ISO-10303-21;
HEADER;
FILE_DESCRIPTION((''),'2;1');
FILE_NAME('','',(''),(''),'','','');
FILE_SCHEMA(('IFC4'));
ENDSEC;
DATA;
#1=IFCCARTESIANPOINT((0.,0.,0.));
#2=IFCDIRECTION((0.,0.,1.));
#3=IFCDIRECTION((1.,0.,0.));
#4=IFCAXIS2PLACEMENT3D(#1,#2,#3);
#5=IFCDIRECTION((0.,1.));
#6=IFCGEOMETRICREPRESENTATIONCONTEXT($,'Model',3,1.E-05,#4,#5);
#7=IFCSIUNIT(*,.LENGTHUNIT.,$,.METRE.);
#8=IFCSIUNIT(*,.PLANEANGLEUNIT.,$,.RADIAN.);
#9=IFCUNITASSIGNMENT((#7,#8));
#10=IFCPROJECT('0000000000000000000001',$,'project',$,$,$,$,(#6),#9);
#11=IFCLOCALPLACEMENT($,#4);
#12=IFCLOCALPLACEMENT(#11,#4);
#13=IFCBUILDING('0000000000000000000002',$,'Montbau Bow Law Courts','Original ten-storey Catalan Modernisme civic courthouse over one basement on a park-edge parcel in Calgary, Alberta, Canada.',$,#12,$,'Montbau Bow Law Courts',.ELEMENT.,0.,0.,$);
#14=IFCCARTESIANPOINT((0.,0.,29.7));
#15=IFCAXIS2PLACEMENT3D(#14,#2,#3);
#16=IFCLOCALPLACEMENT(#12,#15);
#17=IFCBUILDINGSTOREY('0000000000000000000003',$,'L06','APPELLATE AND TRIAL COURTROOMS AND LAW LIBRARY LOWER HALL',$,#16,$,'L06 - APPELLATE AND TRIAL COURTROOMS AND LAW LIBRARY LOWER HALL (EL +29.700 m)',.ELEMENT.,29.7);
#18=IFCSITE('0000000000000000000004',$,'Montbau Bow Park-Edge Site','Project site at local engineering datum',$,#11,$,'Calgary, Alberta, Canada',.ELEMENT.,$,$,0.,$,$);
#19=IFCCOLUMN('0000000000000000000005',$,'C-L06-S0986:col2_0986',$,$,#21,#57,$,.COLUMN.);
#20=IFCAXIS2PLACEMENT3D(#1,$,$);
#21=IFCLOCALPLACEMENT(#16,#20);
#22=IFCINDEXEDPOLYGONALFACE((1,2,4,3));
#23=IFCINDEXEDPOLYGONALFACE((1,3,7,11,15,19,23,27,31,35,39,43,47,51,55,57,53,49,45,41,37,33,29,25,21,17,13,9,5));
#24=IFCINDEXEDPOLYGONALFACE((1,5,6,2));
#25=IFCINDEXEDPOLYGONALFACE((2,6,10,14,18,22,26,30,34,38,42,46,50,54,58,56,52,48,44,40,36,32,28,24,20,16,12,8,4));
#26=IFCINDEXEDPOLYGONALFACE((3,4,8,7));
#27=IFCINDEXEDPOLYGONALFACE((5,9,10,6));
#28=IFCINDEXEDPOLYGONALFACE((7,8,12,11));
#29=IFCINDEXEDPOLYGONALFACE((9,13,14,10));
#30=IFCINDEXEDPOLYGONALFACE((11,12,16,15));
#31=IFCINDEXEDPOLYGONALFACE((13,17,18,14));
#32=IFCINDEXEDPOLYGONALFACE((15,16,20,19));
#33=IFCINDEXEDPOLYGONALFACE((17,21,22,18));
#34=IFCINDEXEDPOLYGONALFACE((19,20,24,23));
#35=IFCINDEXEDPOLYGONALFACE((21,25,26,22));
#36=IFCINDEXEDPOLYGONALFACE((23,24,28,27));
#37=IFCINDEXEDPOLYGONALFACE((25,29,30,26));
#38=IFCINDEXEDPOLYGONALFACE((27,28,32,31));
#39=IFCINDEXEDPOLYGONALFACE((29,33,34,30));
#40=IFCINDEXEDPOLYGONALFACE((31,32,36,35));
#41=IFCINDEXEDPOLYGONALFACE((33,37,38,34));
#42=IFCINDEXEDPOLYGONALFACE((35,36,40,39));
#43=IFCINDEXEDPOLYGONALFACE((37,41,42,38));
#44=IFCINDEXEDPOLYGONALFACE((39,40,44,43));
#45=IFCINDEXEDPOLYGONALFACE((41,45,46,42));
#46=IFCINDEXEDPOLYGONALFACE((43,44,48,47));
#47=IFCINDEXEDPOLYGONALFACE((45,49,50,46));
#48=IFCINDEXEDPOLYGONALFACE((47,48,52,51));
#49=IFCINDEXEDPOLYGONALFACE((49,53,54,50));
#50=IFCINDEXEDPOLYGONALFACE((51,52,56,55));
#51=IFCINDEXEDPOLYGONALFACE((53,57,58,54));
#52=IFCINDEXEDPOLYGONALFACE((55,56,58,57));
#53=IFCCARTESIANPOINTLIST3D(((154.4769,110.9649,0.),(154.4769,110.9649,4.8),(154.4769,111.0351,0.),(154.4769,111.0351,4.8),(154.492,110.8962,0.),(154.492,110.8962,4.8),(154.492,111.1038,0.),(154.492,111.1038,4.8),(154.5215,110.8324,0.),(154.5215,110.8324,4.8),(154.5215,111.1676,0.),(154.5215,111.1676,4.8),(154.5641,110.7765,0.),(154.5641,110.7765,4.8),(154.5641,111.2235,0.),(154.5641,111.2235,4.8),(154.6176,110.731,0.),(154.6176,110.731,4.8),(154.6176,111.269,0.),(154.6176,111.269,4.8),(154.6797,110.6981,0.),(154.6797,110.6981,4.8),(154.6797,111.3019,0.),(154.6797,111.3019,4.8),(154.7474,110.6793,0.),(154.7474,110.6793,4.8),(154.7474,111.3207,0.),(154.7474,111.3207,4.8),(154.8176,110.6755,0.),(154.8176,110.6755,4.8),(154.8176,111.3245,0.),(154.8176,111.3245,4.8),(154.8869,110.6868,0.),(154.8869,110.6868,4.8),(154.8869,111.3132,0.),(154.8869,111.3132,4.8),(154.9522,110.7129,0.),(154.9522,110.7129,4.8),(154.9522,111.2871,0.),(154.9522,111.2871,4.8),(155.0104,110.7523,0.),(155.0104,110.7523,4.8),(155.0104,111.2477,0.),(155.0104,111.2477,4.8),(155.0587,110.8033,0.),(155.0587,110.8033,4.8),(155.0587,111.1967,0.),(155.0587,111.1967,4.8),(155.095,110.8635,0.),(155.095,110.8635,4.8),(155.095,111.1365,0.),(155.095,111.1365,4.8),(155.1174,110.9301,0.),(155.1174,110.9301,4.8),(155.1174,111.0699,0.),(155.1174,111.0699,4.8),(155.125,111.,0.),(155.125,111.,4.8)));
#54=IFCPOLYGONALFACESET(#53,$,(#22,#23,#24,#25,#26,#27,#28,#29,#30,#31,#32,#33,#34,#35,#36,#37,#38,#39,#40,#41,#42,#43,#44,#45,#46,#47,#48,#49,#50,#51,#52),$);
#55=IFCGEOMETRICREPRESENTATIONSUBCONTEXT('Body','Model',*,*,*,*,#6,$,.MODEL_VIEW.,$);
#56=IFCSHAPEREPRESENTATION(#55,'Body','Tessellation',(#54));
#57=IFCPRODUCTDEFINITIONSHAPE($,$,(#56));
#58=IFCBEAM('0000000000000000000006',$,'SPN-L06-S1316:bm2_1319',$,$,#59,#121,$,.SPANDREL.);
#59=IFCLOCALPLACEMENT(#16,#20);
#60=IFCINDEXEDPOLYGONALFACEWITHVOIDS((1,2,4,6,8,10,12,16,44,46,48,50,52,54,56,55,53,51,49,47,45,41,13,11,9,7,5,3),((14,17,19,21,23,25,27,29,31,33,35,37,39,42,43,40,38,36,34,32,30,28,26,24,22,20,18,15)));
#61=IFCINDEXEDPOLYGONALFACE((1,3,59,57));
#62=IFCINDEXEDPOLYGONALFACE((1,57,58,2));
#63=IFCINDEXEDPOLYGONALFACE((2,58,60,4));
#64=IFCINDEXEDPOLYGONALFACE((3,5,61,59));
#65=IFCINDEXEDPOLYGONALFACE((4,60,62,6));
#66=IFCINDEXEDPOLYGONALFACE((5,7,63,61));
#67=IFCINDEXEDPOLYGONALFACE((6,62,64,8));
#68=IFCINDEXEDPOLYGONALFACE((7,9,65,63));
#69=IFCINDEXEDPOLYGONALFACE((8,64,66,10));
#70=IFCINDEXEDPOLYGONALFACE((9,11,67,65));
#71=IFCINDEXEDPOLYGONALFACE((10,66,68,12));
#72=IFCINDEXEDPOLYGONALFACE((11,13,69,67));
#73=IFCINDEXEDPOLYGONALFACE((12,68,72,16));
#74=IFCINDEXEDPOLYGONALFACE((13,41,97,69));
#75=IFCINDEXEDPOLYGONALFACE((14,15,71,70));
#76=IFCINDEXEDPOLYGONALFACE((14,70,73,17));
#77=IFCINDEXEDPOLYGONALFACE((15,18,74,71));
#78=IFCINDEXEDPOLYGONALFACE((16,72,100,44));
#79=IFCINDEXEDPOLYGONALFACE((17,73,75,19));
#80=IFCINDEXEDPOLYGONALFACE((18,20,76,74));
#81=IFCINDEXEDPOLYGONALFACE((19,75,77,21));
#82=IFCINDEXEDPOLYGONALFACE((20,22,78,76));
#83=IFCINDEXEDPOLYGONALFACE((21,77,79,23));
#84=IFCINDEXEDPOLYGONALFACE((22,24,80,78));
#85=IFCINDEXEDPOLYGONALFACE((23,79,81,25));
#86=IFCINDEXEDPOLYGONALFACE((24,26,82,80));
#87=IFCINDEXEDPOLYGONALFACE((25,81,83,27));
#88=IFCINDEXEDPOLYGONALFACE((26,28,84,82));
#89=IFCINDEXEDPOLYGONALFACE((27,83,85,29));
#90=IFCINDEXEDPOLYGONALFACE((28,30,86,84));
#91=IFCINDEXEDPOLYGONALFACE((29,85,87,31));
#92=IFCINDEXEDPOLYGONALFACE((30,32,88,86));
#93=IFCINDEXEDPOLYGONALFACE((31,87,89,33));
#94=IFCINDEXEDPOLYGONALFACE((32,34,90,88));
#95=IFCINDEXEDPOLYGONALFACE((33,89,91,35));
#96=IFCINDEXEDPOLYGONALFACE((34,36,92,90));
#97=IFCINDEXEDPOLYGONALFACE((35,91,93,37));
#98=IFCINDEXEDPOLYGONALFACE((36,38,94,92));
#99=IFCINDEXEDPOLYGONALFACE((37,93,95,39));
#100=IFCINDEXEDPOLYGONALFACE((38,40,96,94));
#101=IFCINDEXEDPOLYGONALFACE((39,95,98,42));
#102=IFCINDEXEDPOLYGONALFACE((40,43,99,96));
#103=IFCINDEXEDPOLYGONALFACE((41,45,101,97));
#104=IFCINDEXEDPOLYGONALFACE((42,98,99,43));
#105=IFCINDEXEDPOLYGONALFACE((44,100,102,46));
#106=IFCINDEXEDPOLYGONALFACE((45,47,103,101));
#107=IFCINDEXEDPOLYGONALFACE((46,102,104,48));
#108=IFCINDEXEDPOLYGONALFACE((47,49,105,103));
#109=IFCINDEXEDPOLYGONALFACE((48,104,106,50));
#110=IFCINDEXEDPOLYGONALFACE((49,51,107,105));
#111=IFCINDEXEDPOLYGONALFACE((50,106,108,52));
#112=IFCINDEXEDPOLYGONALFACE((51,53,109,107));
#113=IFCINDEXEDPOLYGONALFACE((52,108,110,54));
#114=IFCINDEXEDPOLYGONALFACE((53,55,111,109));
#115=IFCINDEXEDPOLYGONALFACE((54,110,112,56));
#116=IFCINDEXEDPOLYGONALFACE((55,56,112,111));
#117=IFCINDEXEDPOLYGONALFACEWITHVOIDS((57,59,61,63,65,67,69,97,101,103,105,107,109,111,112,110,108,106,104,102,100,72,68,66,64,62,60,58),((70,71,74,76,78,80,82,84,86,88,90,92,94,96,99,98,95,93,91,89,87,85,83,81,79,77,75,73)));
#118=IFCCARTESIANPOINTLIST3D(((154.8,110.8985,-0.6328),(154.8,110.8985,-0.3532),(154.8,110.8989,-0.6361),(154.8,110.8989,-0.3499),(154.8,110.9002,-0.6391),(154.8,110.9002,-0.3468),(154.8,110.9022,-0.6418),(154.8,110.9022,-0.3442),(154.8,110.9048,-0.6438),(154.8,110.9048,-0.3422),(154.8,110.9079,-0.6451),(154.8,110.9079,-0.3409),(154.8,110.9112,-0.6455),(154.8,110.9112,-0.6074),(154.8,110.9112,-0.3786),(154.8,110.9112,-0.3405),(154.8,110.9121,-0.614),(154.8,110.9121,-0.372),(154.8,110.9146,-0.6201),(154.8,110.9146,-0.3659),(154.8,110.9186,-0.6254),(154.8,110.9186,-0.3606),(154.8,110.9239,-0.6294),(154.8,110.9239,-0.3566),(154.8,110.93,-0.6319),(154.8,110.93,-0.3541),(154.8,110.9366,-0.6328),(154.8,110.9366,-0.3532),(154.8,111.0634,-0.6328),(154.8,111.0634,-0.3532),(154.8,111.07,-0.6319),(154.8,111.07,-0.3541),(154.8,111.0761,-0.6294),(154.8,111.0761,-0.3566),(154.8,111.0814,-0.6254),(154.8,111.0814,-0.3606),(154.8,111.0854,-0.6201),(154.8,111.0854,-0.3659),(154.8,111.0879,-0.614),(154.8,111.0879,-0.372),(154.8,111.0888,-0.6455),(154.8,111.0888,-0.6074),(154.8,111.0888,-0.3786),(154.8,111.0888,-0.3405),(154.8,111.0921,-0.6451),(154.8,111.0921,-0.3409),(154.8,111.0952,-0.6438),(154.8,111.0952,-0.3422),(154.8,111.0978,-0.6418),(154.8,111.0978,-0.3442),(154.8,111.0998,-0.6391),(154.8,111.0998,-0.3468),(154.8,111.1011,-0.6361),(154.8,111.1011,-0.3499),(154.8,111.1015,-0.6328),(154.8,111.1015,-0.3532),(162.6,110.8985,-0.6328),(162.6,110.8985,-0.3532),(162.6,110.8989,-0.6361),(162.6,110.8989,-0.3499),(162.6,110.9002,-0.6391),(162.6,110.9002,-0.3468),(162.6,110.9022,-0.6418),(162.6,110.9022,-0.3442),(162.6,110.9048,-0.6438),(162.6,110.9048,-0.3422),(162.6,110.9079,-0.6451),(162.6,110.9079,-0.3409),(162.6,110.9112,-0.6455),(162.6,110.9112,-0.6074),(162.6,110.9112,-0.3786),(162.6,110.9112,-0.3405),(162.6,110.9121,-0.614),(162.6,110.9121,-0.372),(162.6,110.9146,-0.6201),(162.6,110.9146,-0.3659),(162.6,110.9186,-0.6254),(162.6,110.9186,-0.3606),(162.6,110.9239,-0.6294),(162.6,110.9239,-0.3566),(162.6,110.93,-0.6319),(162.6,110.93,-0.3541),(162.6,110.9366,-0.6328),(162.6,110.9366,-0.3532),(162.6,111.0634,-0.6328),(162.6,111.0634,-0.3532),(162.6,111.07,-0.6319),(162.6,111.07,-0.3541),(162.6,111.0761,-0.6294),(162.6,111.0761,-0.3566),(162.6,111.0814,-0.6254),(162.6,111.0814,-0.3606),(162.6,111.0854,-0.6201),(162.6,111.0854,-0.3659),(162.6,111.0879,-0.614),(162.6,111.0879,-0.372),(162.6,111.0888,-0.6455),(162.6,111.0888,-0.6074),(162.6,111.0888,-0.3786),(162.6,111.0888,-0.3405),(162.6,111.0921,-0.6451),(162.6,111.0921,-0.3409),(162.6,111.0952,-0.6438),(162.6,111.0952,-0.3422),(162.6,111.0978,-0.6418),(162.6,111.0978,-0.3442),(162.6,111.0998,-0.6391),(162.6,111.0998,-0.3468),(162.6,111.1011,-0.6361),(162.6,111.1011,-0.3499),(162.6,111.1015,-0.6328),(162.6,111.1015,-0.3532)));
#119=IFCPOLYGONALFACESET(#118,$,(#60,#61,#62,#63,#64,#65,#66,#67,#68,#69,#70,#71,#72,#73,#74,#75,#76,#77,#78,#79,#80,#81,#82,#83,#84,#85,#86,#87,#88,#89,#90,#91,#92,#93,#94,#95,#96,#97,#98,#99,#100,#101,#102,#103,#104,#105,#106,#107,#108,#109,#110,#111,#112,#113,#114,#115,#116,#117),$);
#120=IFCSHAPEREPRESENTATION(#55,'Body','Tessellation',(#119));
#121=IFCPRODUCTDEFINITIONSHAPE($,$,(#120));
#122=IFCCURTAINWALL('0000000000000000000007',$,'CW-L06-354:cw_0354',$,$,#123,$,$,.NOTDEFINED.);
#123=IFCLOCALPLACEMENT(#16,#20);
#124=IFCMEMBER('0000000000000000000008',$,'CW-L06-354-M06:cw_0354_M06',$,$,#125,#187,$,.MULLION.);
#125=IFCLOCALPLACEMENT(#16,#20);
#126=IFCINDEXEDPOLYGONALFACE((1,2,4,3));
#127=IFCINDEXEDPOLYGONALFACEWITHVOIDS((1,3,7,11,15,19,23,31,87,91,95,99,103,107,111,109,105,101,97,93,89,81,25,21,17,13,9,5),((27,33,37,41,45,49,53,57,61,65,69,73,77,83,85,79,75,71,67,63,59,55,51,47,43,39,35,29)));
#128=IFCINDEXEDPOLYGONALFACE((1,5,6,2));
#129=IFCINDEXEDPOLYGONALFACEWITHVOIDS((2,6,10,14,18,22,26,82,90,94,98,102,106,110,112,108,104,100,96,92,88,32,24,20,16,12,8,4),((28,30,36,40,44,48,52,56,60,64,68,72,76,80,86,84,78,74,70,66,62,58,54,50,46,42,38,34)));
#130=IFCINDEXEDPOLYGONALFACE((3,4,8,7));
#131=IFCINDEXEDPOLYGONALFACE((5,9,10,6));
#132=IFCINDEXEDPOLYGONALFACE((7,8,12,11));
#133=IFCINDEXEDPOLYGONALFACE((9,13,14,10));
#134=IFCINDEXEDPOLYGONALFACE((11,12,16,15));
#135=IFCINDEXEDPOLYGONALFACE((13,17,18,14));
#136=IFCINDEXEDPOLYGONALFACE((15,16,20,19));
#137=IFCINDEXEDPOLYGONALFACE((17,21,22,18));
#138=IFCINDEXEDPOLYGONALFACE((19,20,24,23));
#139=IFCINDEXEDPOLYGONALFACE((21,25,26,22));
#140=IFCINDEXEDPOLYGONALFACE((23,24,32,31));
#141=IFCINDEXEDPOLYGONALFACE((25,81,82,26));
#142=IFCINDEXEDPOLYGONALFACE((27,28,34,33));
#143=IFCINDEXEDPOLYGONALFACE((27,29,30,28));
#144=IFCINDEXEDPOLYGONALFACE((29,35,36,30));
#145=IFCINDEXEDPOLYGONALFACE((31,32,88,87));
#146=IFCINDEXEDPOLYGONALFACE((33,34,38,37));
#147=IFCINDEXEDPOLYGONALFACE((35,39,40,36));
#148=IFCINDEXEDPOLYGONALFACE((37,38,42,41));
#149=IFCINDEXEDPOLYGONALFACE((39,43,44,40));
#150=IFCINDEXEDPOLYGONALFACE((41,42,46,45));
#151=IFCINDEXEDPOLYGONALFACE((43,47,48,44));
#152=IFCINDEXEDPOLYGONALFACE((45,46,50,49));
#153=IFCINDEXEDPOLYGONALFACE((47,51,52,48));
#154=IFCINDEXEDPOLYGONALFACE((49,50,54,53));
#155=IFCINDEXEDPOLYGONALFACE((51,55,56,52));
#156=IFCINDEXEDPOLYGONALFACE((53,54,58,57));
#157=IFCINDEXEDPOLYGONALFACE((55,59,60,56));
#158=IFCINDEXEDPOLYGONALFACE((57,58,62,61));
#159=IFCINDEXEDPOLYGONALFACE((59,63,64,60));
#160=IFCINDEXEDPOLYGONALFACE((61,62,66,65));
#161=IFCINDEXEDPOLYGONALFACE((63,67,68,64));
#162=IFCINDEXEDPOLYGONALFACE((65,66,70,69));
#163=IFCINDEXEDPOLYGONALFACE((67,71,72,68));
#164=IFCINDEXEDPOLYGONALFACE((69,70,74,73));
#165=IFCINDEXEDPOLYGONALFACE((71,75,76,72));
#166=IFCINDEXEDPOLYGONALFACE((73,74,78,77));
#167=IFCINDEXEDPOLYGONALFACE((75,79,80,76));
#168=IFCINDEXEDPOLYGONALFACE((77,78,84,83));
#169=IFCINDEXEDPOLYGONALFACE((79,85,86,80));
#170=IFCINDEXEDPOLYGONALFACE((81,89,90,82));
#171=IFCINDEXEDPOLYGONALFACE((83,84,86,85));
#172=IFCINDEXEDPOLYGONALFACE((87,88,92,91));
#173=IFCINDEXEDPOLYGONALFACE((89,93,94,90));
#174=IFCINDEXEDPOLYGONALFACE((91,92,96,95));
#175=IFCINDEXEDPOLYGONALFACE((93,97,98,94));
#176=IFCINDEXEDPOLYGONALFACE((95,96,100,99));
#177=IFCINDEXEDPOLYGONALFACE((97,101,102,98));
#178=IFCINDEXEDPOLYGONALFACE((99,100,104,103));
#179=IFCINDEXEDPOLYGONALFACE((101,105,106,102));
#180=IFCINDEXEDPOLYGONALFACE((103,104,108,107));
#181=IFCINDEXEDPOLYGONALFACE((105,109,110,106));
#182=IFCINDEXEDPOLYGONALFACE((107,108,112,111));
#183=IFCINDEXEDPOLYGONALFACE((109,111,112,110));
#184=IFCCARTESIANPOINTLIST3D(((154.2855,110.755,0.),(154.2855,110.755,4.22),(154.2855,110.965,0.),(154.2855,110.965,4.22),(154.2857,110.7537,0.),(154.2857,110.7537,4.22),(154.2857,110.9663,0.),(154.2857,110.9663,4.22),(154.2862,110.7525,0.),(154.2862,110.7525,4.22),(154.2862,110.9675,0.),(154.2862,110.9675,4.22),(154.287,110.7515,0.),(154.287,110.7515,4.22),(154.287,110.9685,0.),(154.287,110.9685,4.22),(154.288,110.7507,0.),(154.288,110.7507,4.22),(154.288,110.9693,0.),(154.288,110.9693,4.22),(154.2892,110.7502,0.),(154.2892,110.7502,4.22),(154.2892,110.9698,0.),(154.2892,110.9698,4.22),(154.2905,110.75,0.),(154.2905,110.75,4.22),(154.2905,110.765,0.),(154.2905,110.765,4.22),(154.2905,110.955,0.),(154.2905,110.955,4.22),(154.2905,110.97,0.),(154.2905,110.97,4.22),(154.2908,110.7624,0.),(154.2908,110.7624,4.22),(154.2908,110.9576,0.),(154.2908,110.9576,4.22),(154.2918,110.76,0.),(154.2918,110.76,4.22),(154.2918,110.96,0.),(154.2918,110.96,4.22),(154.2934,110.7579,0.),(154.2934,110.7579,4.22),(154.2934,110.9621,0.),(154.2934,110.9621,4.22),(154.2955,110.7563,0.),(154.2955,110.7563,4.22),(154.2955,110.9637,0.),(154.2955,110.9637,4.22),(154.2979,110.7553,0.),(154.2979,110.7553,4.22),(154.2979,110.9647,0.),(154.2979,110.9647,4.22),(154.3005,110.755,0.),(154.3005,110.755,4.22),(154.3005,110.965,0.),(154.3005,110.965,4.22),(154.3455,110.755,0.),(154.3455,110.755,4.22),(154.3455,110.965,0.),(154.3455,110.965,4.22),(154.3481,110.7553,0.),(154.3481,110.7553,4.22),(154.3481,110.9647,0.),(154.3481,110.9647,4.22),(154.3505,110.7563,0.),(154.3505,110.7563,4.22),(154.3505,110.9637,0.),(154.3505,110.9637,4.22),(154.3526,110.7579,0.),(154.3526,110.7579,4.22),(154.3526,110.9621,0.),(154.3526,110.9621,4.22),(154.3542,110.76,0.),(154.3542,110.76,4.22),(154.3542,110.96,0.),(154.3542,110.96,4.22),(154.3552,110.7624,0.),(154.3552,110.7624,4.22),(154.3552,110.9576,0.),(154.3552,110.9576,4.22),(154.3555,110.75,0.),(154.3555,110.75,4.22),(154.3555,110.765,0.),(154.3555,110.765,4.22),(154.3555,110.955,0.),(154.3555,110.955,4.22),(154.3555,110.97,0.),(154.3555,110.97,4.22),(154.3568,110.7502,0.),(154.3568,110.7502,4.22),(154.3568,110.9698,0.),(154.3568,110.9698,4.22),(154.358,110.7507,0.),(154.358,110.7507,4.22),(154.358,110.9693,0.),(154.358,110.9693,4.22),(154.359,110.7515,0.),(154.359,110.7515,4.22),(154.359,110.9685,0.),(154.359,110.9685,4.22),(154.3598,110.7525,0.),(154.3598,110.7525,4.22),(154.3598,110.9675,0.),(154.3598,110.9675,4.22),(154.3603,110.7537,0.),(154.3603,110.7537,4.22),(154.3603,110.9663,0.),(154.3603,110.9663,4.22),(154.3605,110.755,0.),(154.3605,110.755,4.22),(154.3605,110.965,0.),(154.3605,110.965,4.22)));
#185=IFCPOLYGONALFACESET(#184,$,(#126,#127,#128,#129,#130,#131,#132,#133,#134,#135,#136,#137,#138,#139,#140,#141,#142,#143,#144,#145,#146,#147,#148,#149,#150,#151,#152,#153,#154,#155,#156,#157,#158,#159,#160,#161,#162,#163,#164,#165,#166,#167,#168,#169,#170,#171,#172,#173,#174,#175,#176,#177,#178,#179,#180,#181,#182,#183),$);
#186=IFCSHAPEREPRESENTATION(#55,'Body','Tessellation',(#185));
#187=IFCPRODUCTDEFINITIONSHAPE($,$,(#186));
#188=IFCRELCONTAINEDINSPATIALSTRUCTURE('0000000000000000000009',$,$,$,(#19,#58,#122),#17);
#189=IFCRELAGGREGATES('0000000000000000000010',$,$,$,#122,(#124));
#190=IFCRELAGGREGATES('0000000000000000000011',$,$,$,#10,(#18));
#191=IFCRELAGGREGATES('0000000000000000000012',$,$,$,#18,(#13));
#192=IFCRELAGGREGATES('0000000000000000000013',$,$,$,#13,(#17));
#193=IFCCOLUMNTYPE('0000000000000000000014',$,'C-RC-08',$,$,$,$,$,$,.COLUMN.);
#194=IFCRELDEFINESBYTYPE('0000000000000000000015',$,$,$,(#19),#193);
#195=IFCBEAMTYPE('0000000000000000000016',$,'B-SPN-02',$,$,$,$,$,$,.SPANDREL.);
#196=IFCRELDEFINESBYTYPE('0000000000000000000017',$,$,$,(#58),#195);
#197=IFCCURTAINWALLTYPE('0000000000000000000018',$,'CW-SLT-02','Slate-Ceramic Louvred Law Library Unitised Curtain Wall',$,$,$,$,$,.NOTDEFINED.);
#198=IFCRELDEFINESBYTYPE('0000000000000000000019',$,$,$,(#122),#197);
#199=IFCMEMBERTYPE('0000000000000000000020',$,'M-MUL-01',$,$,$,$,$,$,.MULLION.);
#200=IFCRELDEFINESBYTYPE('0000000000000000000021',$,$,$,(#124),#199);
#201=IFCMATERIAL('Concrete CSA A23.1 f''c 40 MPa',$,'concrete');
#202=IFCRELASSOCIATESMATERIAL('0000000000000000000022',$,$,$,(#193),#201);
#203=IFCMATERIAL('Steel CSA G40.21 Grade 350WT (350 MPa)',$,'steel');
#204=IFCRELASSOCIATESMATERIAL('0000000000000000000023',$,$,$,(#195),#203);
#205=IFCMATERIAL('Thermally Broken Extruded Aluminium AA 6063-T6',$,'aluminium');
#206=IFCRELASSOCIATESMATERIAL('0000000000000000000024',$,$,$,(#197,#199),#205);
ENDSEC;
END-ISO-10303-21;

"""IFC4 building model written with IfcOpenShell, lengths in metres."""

from ifc_helpers import new_model, si_unit, direction, frame, origin_with_axes, origin_2d_with_axis, place, context, subcontext, project, spatial, hollow_rectangle, circle, extrude, material, material_profile, profile_set, type_object, element, aggregate, save


model = new_model("IFC4")

# Units and contexts
model_context = context("Model", 3, precision=1e-05, world=origin_with_axes(), true_north=direction((0.0, 1.0)))
body_context = subcontext(model_context, "Body", "Model", "MODEL_VIEW")
ifc_project = project(units=[si_unit("LENGTHUNIT", "METRE"), si_unit("PLANEANGLEUNIT", "RADIAN")], contexts=[model_context])

# Site, building, storey
site_placement = place(None, origin_with_axes())
site = spatial("IfcSite", under=ifc_project, at=site_placement, Name="Montbau Bow Park-Edge Site", Description="Project site at local engineering datum", LongName="Calgary, Alberta, Canada", CompositionType="ELEMENT", RefElevation=0.0)
building_placement = place(site_placement, origin_with_axes())
building = spatial("IfcBuilding", under=site, at=building_placement, Name="Montbau Bow Law Courts", Description="Original ten-storey Catalan Modernisme civic courthouse over one basement on a park-edge parcel in Calgary, Alberta, Canada.", LongName="Montbau Bow Law Courts", CompositionType="ELEMENT", ElevationOfRefHeight=0.0, ElevationOfTerrain=0.0)
storey_placement = place(building_placement, frame((0.0, 0.0, 29.7), z_axis=(0.0, 0.0, 1.0), x_axis=(1.0, 0.0, 0.0)))
storey = spatial("IfcBuildingStorey", under=building, at=storey_placement, Name="L06", Description="APPELLATE AND TRIAL COURTROOMS AND LAW LIBRARY LOWER HALL", LongName="L06 - APPELLATE AND TRIAL COURTROOMS AND LAW LIBRARY LOWER HALL (EL +29.700 m)", CompositionType="ELEMENT", Elevation=29.7)

# Column
ifc_material_1 = material(Name="Concrete CSA A23.1 f'c 40 MPa", Category="concrete")
ifc_material_profile_1 = material_profile(ifc_material_1, circle(Radius=0.325, at=origin_2d_with_axis()), Name="RC650D", Category="Main", Priority=0)
ifc_profile_set_1 = profile_set([ifc_material_profile_1], Name="Concrete CSA A23.1 f'c 40 MPa")
column_type = type_object("IfcColumnType", Name="C-RC-08", PredefinedType="COLUMN", material=ifc_profile_set_1)
column_placement = place(None, frame((154.8, 111.0, 29.7), z_axis=(0.0, 0.0, 1.0), x_axis=(1.0, 0.0, 0.0)))
element("IfcColumn", 1, at=column_placement, inside=storey, type_object=column_type, Name="C-L06-S0986:col2_0986", PredefinedType="COLUMN", context=body_context, shape_type="SweptSolid", body=[
    extrude(circle(Radius=0.325, at=origin_2d_with_axis()), origin_with_axes(), (0.0, 0.0, 1.0), 4.8),
])

# Beam
ifc_material_2 = material(Name="Steel CSA G40.21 Grade 350WT (350 MPa)", Category="steel")
ifc_material_profile_2 = material_profile(ifc_material_2, hollow_rectangle(XDim=0.203, YDim=0.305, WallThickness=0.0127, InnerFilletRadius=0.0254, OuterFilletRadius=0.0127, at=origin_2d_with_axis()), Name="HSS305X203X13", Category="Main", Priority=0)
ifc_profile_set_2 = profile_set([ifc_material_profile_2], Name="Steel CSA G40.21 Grade 350WT (350 MPa)")
beam_type = type_object("IfcBeamType", Name="B-SPN-02", PredefinedType="SPANDREL", material=ifc_profile_set_2)
beam_placement = place(None, frame((154.8, 111.0, 29.207), z_axis=(1.0, 0.0, 0.0), x_axis=(0.0, 1.0, 0.0)))
element("IfcBeam", 2, at=beam_placement, inside=storey, type_object=beam_type, Name="SPN-L06-S1316:bm2_1319", PredefinedType="SPANDREL", context=body_context, shape_type="SweptSolid", body=[
    extrude(hollow_rectangle(XDim=0.203, YDim=0.305, WallThickness=0.0127, InnerFilletRadius=0.0254, OuterFilletRadius=0.0127, at=origin_2d_with_axis()), origin_with_axes(), (0.0, 0.0, 1.0), 7.8),
])

# Curtain wall, member
ifc_material_3 = material(Name="Thermally Broken Extruded Aluminium AA 6063-T6", Category="aluminium")
curtain_wall_type = type_object("IfcCurtainWallType", Name="CW-SLT-02", Description="Slate-Ceramic Louvred Law Library Unitised Curtain Wall", PredefinedType="NOTDEFINED", material=ifc_material_3)
curtain_wall_1_placement = place(None, frame((147.44, 110.86, 29.7), z_axis=(0.0, 0.0, 1.0), x_axis=(1.0, 0.0, 0.0)))
curtain_wall_1 = element("IfcCurtainWall", 3, at=curtain_wall_1_placement, inside=storey, type_object=curtain_wall_type, Name="CW-L06-354:cw_0354", PredefinedType="NOTDEFINED")
ifc_material_profile_3 = material_profile(ifc_material_3, hollow_rectangle(XDim=0.075, YDim=0.22, WallThickness=0.005, InnerFilletRadius=0.01, OuterFilletRadius=0.005, at=origin_2d_with_axis()), Name="CWM-220X75", Category="Main", Priority=0)
ifc_profile_set_3 = profile_set([ifc_material_profile_3], Name="Thermally Broken Extruded Aluminium AA 6063-T6")
member_type_1 = type_object("IfcMemberType", Name="M-MUL-01", PredefinedType="MULLION", material=ifc_profile_set_3)
member_1_placement = place(None, frame((154.323, 110.86, 29.7), z_axis=(0.0, 0.0, 1.0), x_axis=(1.0, 0.0, 0.0)))
member_1 = element("IfcMember", 4, at=member_1_placement, type_object=member_type_1, Name="CW-L06-354-M06:cw_0354_M06", PredefinedType="MULLION", context=body_context, shape_type="SweptSolid", body=[
    extrude(hollow_rectangle(XDim=0.075, YDim=0.22, WallThickness=0.005, InnerFilletRadius=0.01, OuterFilletRadius=0.005, at=origin_2d_with_axis()), origin_with_axes(), (0.0, 0.0, 1.0), 4.22),
])
aggregate(curtain_wall_1, [member_1])

save(model, "model.ifc")
